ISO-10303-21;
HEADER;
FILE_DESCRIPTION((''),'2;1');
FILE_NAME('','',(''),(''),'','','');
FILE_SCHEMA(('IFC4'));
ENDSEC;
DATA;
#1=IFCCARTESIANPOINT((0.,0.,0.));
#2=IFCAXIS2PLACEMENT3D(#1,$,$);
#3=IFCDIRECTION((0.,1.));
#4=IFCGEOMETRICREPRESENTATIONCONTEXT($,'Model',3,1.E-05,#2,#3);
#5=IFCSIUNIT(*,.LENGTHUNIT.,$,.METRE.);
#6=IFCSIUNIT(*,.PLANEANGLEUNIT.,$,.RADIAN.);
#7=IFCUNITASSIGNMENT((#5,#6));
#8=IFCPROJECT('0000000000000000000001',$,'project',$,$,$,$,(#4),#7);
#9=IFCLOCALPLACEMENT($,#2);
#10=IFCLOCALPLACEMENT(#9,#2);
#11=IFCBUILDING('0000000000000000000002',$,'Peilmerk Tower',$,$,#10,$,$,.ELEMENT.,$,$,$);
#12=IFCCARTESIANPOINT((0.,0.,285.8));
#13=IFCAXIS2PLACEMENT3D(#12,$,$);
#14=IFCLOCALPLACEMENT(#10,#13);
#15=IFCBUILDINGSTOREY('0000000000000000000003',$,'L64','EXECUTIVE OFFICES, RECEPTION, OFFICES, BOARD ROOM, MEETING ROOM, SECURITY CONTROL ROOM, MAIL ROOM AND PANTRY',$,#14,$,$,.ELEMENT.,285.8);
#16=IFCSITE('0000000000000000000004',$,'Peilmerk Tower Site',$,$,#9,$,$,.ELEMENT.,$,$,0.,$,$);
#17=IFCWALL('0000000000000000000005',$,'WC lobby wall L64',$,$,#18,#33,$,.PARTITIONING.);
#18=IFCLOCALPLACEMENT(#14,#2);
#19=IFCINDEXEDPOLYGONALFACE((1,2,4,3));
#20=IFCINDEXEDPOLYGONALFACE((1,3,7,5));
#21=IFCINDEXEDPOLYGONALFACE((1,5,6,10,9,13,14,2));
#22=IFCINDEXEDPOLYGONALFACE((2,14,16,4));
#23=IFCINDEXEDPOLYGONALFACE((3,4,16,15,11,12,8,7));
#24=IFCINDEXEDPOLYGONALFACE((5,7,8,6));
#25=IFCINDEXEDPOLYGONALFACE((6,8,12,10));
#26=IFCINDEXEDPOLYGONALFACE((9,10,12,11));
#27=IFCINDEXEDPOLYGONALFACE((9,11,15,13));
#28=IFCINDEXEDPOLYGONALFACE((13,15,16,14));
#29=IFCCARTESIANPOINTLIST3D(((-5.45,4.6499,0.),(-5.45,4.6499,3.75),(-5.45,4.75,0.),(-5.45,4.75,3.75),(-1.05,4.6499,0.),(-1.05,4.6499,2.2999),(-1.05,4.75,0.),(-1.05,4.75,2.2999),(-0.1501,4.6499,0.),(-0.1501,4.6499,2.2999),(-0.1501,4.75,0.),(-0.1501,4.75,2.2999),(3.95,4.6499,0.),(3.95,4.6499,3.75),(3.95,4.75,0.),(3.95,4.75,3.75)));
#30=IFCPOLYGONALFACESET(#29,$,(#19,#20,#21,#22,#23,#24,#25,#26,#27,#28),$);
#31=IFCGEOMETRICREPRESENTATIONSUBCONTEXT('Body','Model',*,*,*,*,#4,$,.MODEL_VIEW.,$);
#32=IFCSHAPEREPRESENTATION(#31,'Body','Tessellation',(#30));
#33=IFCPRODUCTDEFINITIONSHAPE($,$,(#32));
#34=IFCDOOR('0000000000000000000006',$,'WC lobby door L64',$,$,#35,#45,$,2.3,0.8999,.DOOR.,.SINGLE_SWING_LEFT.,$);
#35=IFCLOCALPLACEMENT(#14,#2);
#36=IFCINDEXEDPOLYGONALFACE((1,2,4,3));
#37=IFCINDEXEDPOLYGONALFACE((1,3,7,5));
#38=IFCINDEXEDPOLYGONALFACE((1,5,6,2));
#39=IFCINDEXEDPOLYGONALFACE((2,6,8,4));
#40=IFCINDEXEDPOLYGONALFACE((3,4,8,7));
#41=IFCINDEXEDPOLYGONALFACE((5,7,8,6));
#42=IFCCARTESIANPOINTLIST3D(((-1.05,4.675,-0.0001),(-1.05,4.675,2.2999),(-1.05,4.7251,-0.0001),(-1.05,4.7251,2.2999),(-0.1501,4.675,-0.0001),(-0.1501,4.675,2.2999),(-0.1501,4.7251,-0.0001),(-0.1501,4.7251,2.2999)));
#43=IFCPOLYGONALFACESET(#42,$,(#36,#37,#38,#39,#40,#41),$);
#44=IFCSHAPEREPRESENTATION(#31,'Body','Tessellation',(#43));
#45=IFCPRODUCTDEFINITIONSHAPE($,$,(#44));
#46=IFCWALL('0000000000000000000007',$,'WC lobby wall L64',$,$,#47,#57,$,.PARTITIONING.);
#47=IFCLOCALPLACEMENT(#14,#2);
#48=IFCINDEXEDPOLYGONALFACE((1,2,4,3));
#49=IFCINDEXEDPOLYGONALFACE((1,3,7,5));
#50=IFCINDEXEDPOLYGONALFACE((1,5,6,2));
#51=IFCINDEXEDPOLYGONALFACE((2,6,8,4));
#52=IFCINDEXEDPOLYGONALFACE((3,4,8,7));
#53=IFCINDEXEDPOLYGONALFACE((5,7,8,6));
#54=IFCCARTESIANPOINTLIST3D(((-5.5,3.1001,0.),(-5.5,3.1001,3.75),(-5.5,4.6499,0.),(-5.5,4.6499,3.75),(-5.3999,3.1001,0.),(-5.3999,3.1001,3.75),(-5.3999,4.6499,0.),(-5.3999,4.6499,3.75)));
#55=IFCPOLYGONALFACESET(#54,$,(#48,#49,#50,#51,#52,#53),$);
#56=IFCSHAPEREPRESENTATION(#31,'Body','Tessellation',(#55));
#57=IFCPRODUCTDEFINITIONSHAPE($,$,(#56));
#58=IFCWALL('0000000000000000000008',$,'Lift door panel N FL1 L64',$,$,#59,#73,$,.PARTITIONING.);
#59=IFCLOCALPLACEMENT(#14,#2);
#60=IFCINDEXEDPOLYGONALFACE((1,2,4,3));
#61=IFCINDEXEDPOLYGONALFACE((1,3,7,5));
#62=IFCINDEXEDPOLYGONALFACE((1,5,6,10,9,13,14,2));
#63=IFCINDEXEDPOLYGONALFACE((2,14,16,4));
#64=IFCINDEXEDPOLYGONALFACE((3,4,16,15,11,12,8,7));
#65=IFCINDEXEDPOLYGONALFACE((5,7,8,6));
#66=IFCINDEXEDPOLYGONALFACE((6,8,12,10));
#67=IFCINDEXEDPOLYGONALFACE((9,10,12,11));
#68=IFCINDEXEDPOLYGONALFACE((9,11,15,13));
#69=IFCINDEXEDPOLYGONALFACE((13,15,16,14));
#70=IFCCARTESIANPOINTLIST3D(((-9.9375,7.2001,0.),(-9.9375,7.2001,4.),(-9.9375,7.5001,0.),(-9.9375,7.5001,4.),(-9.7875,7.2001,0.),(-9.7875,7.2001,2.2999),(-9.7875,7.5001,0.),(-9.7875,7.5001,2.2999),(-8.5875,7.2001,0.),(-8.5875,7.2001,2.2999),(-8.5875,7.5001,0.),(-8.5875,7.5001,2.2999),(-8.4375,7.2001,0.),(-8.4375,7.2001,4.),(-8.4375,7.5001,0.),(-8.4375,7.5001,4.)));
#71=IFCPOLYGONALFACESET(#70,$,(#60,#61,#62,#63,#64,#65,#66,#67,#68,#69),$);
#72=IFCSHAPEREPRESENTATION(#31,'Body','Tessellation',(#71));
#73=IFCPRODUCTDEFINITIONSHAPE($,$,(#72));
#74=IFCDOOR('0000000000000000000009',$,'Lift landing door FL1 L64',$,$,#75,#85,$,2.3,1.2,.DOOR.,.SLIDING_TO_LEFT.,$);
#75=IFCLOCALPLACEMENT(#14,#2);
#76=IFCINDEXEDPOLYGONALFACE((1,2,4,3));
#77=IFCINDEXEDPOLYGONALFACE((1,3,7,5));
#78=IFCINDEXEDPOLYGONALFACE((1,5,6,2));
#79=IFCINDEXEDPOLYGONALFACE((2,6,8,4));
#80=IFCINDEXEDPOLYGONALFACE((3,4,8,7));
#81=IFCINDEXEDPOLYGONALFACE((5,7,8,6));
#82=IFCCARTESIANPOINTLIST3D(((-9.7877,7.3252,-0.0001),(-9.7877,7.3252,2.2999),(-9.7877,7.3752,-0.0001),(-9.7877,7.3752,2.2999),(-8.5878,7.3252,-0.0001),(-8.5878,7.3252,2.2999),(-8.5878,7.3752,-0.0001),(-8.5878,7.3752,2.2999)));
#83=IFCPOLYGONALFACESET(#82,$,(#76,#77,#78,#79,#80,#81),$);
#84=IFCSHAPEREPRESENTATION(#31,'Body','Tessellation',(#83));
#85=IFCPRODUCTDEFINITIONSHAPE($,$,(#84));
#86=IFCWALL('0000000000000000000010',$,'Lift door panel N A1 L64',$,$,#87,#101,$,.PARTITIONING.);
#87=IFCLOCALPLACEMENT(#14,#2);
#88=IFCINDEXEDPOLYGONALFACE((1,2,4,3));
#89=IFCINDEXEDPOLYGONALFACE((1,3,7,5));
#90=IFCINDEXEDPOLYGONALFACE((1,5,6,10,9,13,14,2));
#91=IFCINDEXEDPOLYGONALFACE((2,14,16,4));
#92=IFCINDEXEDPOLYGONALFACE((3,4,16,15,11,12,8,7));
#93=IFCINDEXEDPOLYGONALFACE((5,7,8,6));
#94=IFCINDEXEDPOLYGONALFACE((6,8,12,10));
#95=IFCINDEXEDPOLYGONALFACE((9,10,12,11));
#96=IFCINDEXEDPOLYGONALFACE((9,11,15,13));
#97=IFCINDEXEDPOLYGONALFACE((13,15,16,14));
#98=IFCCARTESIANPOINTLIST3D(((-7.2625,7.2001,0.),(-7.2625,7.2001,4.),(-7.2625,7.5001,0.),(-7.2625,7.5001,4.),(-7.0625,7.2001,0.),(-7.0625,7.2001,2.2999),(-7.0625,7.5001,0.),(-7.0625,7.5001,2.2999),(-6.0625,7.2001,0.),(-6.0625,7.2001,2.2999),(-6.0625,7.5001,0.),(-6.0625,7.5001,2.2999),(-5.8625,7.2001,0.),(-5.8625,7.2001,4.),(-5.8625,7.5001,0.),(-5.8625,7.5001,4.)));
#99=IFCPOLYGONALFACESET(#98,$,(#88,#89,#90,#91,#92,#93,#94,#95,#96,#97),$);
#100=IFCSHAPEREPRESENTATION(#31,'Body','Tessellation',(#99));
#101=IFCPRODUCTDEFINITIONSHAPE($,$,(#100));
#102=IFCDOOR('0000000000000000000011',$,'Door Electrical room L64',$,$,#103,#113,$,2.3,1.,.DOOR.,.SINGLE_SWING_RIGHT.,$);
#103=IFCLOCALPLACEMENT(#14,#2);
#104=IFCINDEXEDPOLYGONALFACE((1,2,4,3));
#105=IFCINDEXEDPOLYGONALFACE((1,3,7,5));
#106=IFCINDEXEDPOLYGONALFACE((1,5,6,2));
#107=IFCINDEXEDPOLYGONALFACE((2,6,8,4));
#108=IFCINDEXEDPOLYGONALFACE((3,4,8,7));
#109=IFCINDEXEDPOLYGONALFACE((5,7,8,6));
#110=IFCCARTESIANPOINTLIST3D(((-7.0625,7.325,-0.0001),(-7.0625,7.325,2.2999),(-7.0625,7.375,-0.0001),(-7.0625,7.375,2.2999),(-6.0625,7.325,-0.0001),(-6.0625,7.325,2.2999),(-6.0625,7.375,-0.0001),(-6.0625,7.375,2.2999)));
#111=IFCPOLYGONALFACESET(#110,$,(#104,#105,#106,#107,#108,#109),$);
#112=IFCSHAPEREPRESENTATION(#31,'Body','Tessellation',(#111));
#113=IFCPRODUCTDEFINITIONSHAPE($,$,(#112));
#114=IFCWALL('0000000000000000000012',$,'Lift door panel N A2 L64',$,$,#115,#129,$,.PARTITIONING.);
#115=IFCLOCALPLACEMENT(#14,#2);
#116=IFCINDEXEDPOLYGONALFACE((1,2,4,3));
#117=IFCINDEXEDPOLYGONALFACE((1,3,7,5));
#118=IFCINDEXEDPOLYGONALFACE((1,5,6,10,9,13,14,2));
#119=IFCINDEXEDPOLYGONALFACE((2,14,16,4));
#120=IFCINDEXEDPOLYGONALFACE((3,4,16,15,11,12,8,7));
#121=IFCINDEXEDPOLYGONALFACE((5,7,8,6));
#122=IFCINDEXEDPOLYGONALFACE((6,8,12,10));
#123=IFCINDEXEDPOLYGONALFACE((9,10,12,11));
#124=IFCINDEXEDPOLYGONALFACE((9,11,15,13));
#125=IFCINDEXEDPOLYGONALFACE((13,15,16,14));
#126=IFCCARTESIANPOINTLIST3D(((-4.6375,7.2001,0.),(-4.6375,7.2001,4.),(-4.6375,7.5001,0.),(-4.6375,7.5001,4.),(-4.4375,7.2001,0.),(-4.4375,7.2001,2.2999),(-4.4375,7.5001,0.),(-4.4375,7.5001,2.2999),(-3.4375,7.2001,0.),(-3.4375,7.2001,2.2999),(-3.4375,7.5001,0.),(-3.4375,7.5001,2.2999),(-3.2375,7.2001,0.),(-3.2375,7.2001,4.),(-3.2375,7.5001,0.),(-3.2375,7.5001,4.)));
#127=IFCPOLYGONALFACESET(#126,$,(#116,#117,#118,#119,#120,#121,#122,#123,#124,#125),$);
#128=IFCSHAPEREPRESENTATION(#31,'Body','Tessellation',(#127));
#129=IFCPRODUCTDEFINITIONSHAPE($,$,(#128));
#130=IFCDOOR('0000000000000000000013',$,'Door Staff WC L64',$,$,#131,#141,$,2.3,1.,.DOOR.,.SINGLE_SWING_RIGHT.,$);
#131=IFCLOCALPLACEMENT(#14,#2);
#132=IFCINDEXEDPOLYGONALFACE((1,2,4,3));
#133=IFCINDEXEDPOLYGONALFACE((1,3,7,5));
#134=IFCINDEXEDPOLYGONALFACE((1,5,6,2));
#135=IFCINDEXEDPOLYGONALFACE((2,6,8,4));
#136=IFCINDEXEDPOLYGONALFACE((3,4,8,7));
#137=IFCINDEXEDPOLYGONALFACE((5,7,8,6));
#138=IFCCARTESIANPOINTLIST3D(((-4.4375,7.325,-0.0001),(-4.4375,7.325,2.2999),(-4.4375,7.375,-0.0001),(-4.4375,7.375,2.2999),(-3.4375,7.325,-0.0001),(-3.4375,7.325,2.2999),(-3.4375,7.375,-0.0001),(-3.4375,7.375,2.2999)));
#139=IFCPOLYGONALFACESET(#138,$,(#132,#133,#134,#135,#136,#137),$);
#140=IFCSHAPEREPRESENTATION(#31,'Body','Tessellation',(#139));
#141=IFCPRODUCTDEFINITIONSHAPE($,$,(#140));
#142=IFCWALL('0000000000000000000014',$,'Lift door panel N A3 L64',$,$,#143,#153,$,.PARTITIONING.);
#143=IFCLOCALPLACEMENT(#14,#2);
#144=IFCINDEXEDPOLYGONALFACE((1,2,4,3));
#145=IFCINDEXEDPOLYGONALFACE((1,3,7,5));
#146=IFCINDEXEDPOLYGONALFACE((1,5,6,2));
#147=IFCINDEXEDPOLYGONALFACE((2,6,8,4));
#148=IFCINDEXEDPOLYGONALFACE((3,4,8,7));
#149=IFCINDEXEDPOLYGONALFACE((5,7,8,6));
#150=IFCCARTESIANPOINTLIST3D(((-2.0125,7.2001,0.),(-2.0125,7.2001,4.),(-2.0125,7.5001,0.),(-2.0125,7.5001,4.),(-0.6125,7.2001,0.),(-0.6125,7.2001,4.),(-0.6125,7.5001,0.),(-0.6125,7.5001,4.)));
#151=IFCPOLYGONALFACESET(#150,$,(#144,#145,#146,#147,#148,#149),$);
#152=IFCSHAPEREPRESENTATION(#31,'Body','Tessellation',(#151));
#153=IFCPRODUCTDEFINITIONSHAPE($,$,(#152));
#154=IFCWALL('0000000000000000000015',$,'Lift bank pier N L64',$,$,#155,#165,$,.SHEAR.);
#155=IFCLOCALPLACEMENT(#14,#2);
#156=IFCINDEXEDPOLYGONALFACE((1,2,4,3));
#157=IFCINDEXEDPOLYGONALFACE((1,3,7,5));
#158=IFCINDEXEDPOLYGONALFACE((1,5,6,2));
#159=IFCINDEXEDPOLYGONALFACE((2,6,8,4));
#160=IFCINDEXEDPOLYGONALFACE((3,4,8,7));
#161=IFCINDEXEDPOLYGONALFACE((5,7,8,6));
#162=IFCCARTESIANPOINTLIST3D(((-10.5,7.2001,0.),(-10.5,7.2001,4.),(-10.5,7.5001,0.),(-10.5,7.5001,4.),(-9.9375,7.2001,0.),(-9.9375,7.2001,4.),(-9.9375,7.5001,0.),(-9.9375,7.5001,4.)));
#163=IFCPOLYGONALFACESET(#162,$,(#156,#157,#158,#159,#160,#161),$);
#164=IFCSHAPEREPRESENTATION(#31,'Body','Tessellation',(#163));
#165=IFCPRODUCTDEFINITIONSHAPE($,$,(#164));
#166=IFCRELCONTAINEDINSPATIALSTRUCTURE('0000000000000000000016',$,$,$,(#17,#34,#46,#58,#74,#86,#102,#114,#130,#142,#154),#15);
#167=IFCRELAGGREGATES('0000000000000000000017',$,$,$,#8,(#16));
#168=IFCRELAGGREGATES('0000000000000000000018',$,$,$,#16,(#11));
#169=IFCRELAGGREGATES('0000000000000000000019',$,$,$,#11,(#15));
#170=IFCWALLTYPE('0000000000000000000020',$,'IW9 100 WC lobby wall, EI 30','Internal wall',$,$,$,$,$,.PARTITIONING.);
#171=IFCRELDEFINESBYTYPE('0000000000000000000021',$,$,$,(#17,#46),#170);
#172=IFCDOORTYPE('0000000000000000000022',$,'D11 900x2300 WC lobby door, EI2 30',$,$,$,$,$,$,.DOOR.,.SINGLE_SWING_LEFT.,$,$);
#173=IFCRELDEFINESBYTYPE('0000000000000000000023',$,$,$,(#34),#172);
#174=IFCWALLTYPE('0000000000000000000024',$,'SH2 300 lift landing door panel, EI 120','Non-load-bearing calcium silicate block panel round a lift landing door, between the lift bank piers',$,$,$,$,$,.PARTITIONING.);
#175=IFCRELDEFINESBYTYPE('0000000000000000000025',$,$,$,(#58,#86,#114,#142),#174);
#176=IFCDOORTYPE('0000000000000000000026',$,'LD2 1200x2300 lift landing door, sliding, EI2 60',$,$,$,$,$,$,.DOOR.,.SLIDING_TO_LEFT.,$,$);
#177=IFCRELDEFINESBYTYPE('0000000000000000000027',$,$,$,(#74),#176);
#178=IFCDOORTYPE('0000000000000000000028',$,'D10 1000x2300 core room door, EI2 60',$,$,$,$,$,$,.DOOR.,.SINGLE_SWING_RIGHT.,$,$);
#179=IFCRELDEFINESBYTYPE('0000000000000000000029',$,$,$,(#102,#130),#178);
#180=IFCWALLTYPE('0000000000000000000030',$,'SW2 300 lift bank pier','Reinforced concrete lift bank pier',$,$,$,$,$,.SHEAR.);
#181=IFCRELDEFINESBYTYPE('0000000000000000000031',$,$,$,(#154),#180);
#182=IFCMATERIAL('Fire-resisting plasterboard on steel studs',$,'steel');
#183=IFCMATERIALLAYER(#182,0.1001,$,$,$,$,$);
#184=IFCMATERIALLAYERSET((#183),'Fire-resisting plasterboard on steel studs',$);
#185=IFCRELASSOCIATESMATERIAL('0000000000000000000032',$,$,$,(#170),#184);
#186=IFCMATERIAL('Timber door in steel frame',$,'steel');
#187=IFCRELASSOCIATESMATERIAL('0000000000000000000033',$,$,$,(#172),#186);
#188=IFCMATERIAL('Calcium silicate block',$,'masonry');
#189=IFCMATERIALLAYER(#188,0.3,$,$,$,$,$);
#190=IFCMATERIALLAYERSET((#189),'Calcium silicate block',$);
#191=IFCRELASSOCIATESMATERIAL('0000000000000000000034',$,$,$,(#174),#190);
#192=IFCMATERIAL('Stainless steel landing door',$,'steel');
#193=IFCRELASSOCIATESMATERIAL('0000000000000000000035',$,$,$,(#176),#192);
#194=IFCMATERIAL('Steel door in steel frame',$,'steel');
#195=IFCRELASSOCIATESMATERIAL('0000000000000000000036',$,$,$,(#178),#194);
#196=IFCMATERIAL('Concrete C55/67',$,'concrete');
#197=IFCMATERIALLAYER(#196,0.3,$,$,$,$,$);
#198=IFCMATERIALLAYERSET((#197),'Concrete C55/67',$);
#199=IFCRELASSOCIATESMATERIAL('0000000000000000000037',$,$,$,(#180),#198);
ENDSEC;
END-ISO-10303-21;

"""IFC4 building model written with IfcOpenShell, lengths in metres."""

from ifc_helpers import new_model, si_unit, direction, frame, frame_2d, origin, place, context, subcontext, project, spatial, rectangle, extrude, material, layer, layer_set, type_object, element, fill, save


model = new_model("IFC4")

# Units and contexts
model_context = context("Model", 3, precision=1e-05, world=origin(), true_north=direction((0.0, 1.0)))
body_context = subcontext(model_context, "Body", "Model", "MODEL_VIEW")
ifc_project = project(units=[si_unit("LENGTHUNIT", "METRE"), si_unit("PLANEANGLEUNIT", "RADIAN")], contexts=[model_context])

# Site, building, storey
site_placement = place(None, origin())
site = spatial("IfcSite", under=ifc_project, at=site_placement, Name="Peilmerk Tower Site", CompositionType="ELEMENT", RefElevation=0.0)
building_placement = place(site_placement, origin())
building = spatial("IfcBuilding", under=site, at=building_placement, Name="Peilmerk Tower", CompositionType="ELEMENT")
storey_placement = place(building_placement, frame((0.0, 0.0, 285.8)))
storey = spatial("IfcBuildingStorey", under=building, at=storey_placement, Name="L64", Description="EXECUTIVE OFFICES, RECEPTION, OFFICES, BOARD ROOM, MEETING ROOM, SECURITY CONTROL ROOM, MAIL ROOM AND PANTRY", CompositionType="ELEMENT", Elevation=285.8)

# Shared definitions
ifc_material_1 = material(Name="Concrete C55/67", Category="concrete")

# Shared definitions
ifc_material_2 = material(Name="Steel door in steel frame", Category="steel")

# Shared definitions
ifc_material_3 = material(Name="Timber door in steel frame", Category="steel")

# Wall, opening, door
ifc_material_4 = material(Name="Fire-resisting plasterboard on steel studs", Category="steel")
ifc_layer_1 = layer(ifc_material_4, 0.1001)
ifc_layer_set_1 = layer_set([ifc_layer_1], Name="Fire-resisting plasterboard on steel studs")
wall_type_1 = type_object("IfcWallType", Name="IW9 100 WC lobby wall, EI 30", Description="Internal wall", PredefinedType="PARTITIONING", material=ifc_layer_set_1)
wall_1_placement = place(storey_placement, frame((-5.45, 4.7, 0.0), z_axis=(0.0, 0.0, 1.0), x_axis=(1.0, 0.0, 0.0)))
wall_1 = element("IfcWall", 1, at=wall_1_placement, inside=storey, type_object=wall_type_1, Name="WC lobby wall L64", PredefinedType="PARTITIONING", context=body_context, shape_type="SweptSolid", body=[
    extrude(rectangle(XDim=9.3999, YDim=0.1001, at=frame_2d((4.7, 0.0))), origin(), (0.0, 0.0, 1.0), 3.75),
])
opening_1_placement = place(wall_1_placement, frame((4.3999, 0.0, 0.0)))
opening_1 = element("IfcOpeningElement", 2, at=opening_1_placement, cuts=wall_1, PredefinedType="OPENING", context=body_context, shape_type="SweptSolid", body=[
    extrude(rectangle(XDim=0.8999, YDim=2.3, at=frame_2d((0.45, 1.1499))), frame((0.0, 0.0601, 0.0), z_axis=(0.0, -1.0, 0.0), x_axis=(1.0, 0.0, 0.0)), (0.0, 0.0, 1.0), 0.1201),
])
door_type_1 = type_object("IfcDoorType", Name="D11 900x2300 WC lobby door, EI2 30", OperationType="SINGLE_SWING_LEFT", PredefinedType="DOOR", material=ifc_material_3)
door_1_placement = place(opening_1_placement, frame((0.8999, 0.0, 0.0), z_axis=(0.0, 0.0, 1.0), x_axis=(-1.0, 0.0, 0.0)))
door_1 = element("IfcDoor", 3, at=door_1_placement, inside=storey, type_object=door_type_1, Name="WC lobby door L64", OperationType="SINGLE_SWING_LEFT", OverallHeight=2.3, OverallWidth=0.8999, PredefinedType="DOOR", context=body_context, shape_type="SweptSolid", body=[
    extrude(rectangle(XDim=0.8999, YDim=2.3, at=frame_2d((0.45, 1.1499))), frame((0.0, 0.0249, 0.0), z_axis=(0.0, -1.0, 0.0), x_axis=(1.0, 0.0, 0.0)), (0.0, 0.0, 1.0), 0.05),
])
fill(opening_1, door_1)

# Wall
wall_2_placement = place(storey_placement, frame((-5.45, 3.1001, 0.0), z_axis=(0.0, 0.0, 1.0), x_axis=(0.0, 1.0, 0.0)))
element("IfcWall", 4, at=wall_2_placement, inside=storey, type_object=wall_type_1, Name="WC lobby wall L64", PredefinedType="PARTITIONING", context=body_context, shape_type="SweptSolid", body=[
    extrude(rectangle(XDim=1.5498, YDim=0.1001, at=frame_2d((0.7749, 0.0))), origin(), (0.0, 0.0, 1.0), 3.75),
])

# Walls, openings, doors
ifc_material_5 = material(Name="Calcium silicate block", Category="masonry")
ifc_layer_2 = layer(ifc_material_5, 0.3)
ifc_layer_set_2 = layer_set([ifc_layer_2], Name="Calcium silicate block")
wall_type_2 = type_object("IfcWallType", Name="SH2 300 lift landing door panel, EI 120", Description="Non-load-bearing calcium silicate block panel round a lift landing door, between the lift bank piers", PredefinedType="PARTITIONING", material=ifc_layer_set_2)
wall_3_placement = place(storey_placement, frame((-9.9375, 7.3501, 0.0), z_axis=(0.0, 0.0, 1.0), x_axis=(1.0, 0.0, 0.0)))
wall_3 = element("IfcWall", 5, at=wall_3_placement, inside=storey, type_object=wall_type_2, Name="Lift door panel N FL1 L64", PredefinedType="PARTITIONING", context=body_context, shape_type="SweptSolid", body=[
    extrude(rectangle(XDim=1.5, YDim=0.3, at=frame_2d((0.75, 0.0))), origin(), (0.0, 0.0, 1.0), 4.0),
])
opening_2_placement = place(wall_3_placement, frame((0.1499, 0.0, 0.0)))
opening_2 = element("IfcOpeningElement", 6, at=opening_2_placement, cuts=wall_3, PredefinedType="OPENING", context=body_context, shape_type="SweptSolid", body=[
    extrude(rectangle(XDim=1.2, YDim=2.3, at=frame_2d((0.6001, 1.1499))), frame((0.0, 0.1599, 0.0), z_axis=(0.0, -1.0, 0.0), x_axis=(1.0, 0.0, 0.0)), (0.0, 0.0, 1.0), 0.3201),
])
ifc_material_6 = material(Name="Stainless steel landing door", Category="steel")
door_type_2 = type_object("IfcDoorType", Name="LD2 1200x2300 lift landing door, sliding, EI2 60", OperationType="SLIDING_TO_LEFT", PredefinedType="DOOR", material=ifc_material_6)
door_2_placement = place(opening_2_placement, frame((1.2, 0.0, 0.0), z_axis=(0.0, 0.0, 1.0), x_axis=(-1.0, 0.0, 0.0)))
door_2 = element("IfcDoor", 7, at=door_2_placement, inside=storey, type_object=door_type_2, Name="Lift landing door FL1 L64", OperationType="SLIDING_TO_LEFT", OverallHeight=2.3, OverallWidth=1.2, PredefinedType="DOOR", context=body_context, shape_type="SweptSolid", body=[
    extrude(rectangle(XDim=1.2, YDim=2.3, at=frame_2d((0.6001, 1.1499))), frame((0.0, 0.0249, 0.0), z_axis=(0.0, -1.0, 0.0), x_axis=(1.0, 0.0, 0.0)), (0.0, 0.0, 1.0), 0.05),
])
fill(opening_2, door_2)
wall_4_placement = place(storey_placement, frame((-7.2625, 7.3501, 0.0), z_axis=(0.0, 0.0, 1.0), x_axis=(1.0, 0.0, 0.0)))
wall_4 = element("IfcWall", 8, at=wall_4_placement, inside=storey, type_object=wall_type_2, Name="Lift door panel N A1 L64", PredefinedType="PARTITIONING", context=body_context, shape_type="SweptSolid", body=[
    extrude(rectangle(XDim=1.3999, YDim=0.3, at=frame_2d((0.7, 0.0))), origin(), (0.0, 0.0, 1.0), 4.0),
])
opening_3_placement = place(wall_4_placement, frame((0.2, 0.0, 0.0)))
opening_3 = element("IfcOpeningElement", 9, at=opening_3_placement, cuts=wall_4, PredefinedType="OPENING", context=body_context, shape_type="SweptSolid", body=[
    extrude(rectangle(XDim=1.0, YDim=2.3, at=frame_2d((0.5, 1.1499))), frame((0.0, 0.1599, 0.0), z_axis=(0.0, -1.0, 0.0), x_axis=(1.0, 0.0, 0.0)), (0.0, 0.0, 1.0), 0.3201),
])
door_type_3 = type_object("IfcDoorType", Name="D10 1000x2300 core room door, EI2 60", OperationType="SINGLE_SWING_RIGHT", PredefinedType="DOOR", material=ifc_material_2)
door_3_placement = place(opening_3_placement, origin())
door_3 = element("IfcDoor", 10, at=door_3_placement, inside=storey, type_object=door_type_3, Name="Door Electrical room L64", OperationType="SINGLE_SWING_RIGHT", OverallHeight=2.3, OverallWidth=1.0, PredefinedType="DOOR", context=body_context, shape_type="SweptSolid", body=[
    extrude(rectangle(XDim=1.0, YDim=2.3, at=frame_2d((0.5, 1.1499))), frame((0.0, 0.0249, 0.0), z_axis=(0.0, -1.0, 0.0), x_axis=(1.0, 0.0, 0.0)), (0.0, 0.0, 1.0), 0.05),
])
fill(opening_3, door_3)
wall_5_placement = place(storey_placement, frame((-4.6375, 7.3501, 0.0), z_axis=(0.0, 0.0, 1.0), x_axis=(1.0, 0.0, 0.0)))
wall_5 = element("IfcWall", 11, at=wall_5_placement, inside=storey, type_object=wall_type_2, Name="Lift door panel N A2 L64", PredefinedType="PARTITIONING", context=body_context, shape_type="SweptSolid", body=[
    extrude(rectangle(XDim=1.3999, YDim=0.3, at=frame_2d((0.7, 0.0))), origin(), (0.0, 0.0, 1.0), 4.0),
])
opening_4_placement = place(wall_5_placement, frame((0.2, 0.0, 0.0)))
opening_4 = element("IfcOpeningElement", 12, at=opening_4_placement, cuts=wall_5, PredefinedType="OPENING", context=body_context, shape_type="SweptSolid", body=[
    extrude(rectangle(XDim=1.0, YDim=2.3, at=frame_2d((0.5, 1.1499))), frame((0.0, 0.1599, 0.0), z_axis=(0.0, -1.0, 0.0), x_axis=(1.0, 0.0, 0.0)), (0.0, 0.0, 1.0), 0.3201),
])
door_4_placement = place(opening_4_placement, origin())
door_4 = element("IfcDoor", 13, at=door_4_placement, inside=storey, type_object=door_type_3, Name="Door Staff WC L64", OperationType="SINGLE_SWING_RIGHT", OverallHeight=2.3, OverallWidth=1.0, PredefinedType="DOOR", context=body_context, shape_type="SweptSolid", body=[
    extrude(rectangle(XDim=1.0, YDim=2.3, at=frame_2d((0.5, 1.1499))), frame((0.0, 0.0249, 0.0), z_axis=(0.0, -1.0, 0.0), x_axis=(1.0, 0.0, 0.0)), (0.0, 0.0, 1.0), 0.05),
])
fill(opening_4, door_4)

# Walls
wall_6_placement = place(storey_placement, frame((-2.0125, 7.3501, 0.0), z_axis=(0.0, 0.0, 1.0), x_axis=(1.0, 0.0, 0.0)))
element("IfcWall", 14, at=wall_6_placement, inside=storey, type_object=wall_type_2, Name="Lift door panel N A3 L64", PredefinedType="PARTITIONING", context=body_context, shape_type="SweptSolid", body=[
    extrude(rectangle(XDim=1.3999, YDim=0.3, at=frame_2d((0.7, 0.0))), origin(), (0.0, 0.0, 1.0), 4.0),
])
ifc_layer_3 = layer(ifc_material_1, 0.3)
ifc_layer_set_3 = layer_set([ifc_layer_3], Name="Concrete C55/67")
wall_type_3 = type_object("IfcWallType", Name="SW2 300 lift bank pier", Description="Reinforced concrete lift bank pier", PredefinedType="SHEAR", material=ifc_layer_set_3)
wall_7_placement = place(storey_placement, frame((-10.5, 7.3501, 0.0), z_axis=(0.0, 0.0, 1.0), x_axis=(1.0, 0.0, 0.0)))
element("IfcWall", 15, at=wall_7_placement, inside=storey, type_object=wall_type_3, Name="Lift bank pier N L64", PredefinedType="SHEAR", context=body_context, shape_type="SweptSolid", body=[
    extrude(rectangle(XDim=0.5625, YDim=0.3, at=frame_2d((0.2812, 0.0))), origin(), (0.0, 0.0, 1.0), 4.0),
])

save(model, "model.ifc")
